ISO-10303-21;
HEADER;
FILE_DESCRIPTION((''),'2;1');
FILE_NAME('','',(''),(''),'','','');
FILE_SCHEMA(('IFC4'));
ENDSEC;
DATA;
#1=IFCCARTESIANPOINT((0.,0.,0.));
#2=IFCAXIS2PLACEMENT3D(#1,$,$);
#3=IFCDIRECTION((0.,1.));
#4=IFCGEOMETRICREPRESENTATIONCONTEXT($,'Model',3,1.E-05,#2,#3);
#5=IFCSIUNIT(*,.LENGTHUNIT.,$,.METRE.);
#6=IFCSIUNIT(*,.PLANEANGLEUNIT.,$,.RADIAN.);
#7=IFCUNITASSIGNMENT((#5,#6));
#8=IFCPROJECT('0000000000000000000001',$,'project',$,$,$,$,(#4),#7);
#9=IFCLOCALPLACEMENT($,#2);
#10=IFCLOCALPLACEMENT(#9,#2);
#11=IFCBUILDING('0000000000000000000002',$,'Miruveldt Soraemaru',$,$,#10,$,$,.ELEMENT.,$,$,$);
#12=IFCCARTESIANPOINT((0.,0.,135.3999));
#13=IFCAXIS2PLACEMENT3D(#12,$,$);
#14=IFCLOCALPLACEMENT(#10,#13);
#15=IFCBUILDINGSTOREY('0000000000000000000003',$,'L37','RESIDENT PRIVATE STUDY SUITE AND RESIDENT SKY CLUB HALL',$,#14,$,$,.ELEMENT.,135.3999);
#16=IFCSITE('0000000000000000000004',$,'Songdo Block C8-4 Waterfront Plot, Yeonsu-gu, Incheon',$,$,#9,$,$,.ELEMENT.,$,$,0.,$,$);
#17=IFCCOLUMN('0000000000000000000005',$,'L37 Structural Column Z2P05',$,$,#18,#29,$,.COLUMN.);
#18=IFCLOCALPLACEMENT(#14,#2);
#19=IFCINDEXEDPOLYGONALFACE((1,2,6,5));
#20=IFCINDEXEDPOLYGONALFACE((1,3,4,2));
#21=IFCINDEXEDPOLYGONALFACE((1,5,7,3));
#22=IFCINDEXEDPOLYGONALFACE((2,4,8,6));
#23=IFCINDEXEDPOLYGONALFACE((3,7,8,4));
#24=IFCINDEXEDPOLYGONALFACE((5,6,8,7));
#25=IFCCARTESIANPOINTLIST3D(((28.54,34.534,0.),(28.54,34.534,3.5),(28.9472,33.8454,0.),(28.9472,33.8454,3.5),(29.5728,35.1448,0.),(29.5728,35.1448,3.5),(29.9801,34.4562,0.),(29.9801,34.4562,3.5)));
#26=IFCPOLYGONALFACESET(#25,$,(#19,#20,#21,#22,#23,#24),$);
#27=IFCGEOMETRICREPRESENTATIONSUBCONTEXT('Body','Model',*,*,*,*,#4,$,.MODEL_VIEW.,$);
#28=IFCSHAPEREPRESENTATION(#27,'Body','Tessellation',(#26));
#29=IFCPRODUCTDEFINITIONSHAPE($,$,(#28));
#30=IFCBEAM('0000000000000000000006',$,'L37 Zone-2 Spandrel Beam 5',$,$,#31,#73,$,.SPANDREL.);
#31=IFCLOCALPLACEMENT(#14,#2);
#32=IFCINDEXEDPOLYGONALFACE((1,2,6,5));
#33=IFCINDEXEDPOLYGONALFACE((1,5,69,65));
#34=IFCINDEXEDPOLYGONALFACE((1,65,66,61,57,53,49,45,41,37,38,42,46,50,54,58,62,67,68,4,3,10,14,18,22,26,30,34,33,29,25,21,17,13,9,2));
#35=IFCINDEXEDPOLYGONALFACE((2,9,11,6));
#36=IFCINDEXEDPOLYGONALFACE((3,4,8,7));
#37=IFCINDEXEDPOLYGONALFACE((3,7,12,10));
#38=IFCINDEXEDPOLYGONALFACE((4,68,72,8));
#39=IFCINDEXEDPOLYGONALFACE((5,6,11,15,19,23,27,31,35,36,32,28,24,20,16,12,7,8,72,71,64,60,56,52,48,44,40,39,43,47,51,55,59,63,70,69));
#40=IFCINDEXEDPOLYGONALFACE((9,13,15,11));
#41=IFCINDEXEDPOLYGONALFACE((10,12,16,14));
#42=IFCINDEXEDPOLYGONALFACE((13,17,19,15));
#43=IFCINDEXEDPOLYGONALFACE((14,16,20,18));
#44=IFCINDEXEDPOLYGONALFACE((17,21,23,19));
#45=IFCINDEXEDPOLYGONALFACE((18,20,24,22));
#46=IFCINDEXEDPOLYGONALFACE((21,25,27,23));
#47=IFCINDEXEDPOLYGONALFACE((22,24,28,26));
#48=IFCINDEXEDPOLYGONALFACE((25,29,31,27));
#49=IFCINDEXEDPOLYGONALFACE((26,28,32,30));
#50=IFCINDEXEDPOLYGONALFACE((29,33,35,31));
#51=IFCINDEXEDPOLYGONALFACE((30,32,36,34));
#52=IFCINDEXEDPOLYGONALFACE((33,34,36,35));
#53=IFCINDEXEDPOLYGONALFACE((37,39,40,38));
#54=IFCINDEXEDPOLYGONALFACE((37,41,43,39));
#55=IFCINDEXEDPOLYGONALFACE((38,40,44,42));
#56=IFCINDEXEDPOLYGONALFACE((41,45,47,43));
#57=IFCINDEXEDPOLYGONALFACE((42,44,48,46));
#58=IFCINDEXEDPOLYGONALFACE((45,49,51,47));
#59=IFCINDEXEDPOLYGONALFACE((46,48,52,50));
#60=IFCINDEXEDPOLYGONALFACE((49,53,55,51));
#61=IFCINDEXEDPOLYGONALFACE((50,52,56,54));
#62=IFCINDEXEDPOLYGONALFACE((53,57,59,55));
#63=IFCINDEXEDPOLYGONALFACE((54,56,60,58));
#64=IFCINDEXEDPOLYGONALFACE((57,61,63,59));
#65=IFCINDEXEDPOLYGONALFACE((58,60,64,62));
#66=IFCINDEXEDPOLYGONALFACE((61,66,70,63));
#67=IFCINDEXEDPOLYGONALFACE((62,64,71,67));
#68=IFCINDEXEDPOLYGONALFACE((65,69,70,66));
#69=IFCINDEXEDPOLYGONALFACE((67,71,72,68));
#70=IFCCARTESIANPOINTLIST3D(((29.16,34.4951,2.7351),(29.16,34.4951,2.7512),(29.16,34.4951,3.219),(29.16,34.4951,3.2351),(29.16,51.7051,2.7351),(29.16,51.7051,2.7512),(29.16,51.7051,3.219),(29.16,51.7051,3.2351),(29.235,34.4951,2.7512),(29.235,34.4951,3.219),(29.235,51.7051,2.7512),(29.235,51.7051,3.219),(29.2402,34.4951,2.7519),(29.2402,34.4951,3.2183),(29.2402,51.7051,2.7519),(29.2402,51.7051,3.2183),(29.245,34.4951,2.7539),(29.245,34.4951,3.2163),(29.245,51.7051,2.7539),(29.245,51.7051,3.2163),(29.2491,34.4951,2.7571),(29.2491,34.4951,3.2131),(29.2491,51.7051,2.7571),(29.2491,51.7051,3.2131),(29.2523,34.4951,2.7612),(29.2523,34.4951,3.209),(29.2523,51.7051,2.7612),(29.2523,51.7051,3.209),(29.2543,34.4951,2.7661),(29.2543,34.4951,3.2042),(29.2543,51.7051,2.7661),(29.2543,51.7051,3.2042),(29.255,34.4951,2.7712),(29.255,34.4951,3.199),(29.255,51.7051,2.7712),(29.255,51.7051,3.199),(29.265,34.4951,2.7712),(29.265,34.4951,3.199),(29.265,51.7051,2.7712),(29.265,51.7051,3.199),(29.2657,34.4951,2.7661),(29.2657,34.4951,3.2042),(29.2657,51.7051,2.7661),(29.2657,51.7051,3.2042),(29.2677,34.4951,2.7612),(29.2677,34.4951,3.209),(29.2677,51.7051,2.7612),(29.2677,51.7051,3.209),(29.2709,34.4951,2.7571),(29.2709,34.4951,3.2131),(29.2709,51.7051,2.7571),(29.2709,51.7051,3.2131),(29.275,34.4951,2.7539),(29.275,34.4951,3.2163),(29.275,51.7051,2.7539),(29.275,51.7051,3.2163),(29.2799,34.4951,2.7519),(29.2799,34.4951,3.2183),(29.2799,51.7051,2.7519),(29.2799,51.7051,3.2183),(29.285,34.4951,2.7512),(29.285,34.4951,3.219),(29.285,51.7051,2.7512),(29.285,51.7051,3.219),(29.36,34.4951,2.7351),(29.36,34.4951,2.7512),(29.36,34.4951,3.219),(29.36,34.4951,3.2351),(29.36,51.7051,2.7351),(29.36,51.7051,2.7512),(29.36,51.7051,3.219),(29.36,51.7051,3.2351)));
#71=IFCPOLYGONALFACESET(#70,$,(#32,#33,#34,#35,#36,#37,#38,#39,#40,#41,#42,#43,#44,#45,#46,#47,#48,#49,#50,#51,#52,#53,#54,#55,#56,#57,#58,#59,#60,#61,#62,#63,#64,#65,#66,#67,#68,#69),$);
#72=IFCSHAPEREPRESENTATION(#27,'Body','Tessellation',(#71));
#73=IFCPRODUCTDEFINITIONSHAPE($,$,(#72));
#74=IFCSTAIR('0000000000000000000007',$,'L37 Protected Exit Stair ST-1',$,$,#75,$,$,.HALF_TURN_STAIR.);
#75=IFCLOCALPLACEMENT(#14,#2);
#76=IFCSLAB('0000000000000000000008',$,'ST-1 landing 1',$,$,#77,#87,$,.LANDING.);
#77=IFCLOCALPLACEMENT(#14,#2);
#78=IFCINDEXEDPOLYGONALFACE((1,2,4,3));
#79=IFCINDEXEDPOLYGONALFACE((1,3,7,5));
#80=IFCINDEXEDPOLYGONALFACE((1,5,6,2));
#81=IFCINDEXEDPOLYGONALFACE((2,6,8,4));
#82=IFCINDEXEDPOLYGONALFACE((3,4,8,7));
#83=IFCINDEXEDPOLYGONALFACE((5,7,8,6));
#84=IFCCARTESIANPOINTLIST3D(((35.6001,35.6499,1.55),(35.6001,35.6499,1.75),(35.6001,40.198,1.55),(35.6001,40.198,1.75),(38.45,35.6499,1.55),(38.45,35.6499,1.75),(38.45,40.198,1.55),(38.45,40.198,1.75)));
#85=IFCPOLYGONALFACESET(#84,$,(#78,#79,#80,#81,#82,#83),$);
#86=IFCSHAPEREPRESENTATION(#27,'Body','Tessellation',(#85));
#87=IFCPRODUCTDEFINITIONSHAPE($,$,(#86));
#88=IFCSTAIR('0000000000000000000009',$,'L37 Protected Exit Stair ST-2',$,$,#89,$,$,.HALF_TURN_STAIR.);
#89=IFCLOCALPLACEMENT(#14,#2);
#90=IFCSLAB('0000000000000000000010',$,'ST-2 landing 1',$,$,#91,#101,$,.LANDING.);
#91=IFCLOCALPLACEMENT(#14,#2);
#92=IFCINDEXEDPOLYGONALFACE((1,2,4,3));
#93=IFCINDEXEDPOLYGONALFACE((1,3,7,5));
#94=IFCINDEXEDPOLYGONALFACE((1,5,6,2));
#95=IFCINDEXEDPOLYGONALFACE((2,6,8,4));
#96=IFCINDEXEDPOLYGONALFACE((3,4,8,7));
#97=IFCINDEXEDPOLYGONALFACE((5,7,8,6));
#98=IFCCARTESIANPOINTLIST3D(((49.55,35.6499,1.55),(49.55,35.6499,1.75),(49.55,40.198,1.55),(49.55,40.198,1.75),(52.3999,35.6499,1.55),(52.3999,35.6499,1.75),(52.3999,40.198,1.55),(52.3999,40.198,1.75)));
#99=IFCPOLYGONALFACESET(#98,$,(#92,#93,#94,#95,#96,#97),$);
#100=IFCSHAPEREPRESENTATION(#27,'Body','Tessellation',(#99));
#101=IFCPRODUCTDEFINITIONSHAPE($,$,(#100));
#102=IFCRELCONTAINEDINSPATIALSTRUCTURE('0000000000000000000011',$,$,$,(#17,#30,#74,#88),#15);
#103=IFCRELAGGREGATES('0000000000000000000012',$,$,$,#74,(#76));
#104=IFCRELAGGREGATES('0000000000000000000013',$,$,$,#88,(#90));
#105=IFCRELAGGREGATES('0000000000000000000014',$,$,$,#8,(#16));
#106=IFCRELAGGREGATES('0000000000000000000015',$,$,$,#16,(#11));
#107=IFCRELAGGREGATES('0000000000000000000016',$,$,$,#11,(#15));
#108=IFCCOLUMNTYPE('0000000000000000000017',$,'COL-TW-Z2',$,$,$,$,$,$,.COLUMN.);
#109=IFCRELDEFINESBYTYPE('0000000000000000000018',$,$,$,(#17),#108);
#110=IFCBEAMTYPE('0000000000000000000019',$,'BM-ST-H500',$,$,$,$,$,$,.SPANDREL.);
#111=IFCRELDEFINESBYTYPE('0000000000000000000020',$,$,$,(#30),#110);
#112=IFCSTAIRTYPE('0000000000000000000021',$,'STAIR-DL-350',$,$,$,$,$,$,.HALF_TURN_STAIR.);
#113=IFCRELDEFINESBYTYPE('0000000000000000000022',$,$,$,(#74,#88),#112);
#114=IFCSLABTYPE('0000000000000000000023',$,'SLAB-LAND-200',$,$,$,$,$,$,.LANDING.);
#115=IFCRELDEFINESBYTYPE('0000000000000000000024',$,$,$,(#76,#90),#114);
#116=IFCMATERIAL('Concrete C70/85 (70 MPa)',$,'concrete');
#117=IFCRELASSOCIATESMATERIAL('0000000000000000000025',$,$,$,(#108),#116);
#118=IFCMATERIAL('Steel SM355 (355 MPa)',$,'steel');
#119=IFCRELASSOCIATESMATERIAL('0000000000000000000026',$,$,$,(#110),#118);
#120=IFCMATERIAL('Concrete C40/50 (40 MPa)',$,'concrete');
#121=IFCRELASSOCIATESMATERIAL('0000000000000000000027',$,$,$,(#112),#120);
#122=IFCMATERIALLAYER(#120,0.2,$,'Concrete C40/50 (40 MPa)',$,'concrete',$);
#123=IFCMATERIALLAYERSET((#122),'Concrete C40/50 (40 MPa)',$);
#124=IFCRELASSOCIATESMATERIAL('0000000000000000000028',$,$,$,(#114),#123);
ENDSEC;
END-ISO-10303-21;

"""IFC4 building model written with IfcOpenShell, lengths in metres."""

from ifc_helpers import new_model, si_unit, direction, frame, origin, origin_2d, place, context, subcontext, project, spatial, polyline, rectangle, i_section, outline, extrude, material, layer, layer_set, material_profile, profile_set, type_object, element, aggregate, save


model = new_model("IFC4")

# Units and contexts
model_context = context("Model", 3, precision=1e-05, world=origin(), true_north=direction((0.0, 1.0)))
body_context = subcontext(model_context, "Body", "Model", "MODEL_VIEW")
ifc_project = project(units=[si_unit("LENGTHUNIT", "METRE"), si_unit("PLANEANGLEUNIT", "RADIAN")], contexts=[model_context])

# Site, building, storey
site_placement = place(None, origin())
site = spatial("IfcSite", under=ifc_project, at=site_placement, Name="Songdo Block C8-4 Waterfront Plot, Yeonsu-gu, Incheon", CompositionType="ELEMENT", RefElevation=0.0)
building_placement = place(site_placement, origin())
building = spatial("IfcBuilding", under=site, at=building_placement, Name="Miruveldt Soraemaru", CompositionType="ELEMENT")
storey_placement = place(building_placement, frame((0.0, 0.0, 135.3999)))
storey = spatial("IfcBuildingStorey", under=building, at=storey_placement, Name="L37", Description="RESIDENT PRIVATE STUDY SUITE AND RESIDENT SKY CLUB HALL", CompositionType="ELEMENT", Elevation=135.3999)

# Column
ifc_material_1 = material(Name="Concrete C70/85 (70 MPa)", Category="concrete")
ifc_material_profile_1 = material_profile(ifc_material_1, rectangle(XDim=1.2, YDim=0.8, at=origin_2d()), Name="Concrete C70/85 (70 MPa)", Category="concrete")
ifc_profile_set_1 = profile_set([ifc_material_profile_1], Name="Concrete C70/85 (70 MPa)")
column_type = type_object("IfcColumnType", Name="COL-TW-Z2", PredefinedType="COLUMN", material=ifc_profile_set_1)
column_placement = place(storey_placement, frame((29.26, 34.4951, 0.0), z_axis=(0.0, 0.0, 1.0), x_axis=(0.860742, 0.509041, 0.0)))
element("IfcColumn", 1, at=column_placement, inside=storey, type_object=column_type, Name="L37 Structural Column Z2P05", PredefinedType="COLUMN", context=body_context, shape_type="SweptSolid", body=[
    extrude(rectangle(XDim=1.2, YDim=0.8, at=origin_2d()), origin(), (0.0, 0.0, 1.0), 3.5),
])

# Beam
ifc_material_2 = material(Name="Steel SM355 (355 MPa)", Category="steel")
ifc_material_profile_2 = material_profile(ifc_material_2, i_section(OverallWidth=0.2, OverallDepth=0.5, WebThickness=0.01, FlangeThickness=0.0161, FilletRadius=0.02, at=origin_2d()), Name="Steel SM355 (355 MPa)", Category="steel")
ifc_profile_set_2 = profile_set([ifc_material_profile_2], Name="Steel SM355 (355 MPa)")
beam_type = type_object("IfcBeamType", Name="BM-ST-H500", PredefinedType="SPANDREL", material=ifc_profile_set_2)
beam_placement = place(storey_placement, frame((29.26, 34.4951, 2.9851), z_axis=(0.0, 1.0, 0.0), x_axis=(-1.0, 0.0, 0.0)))
element("IfcBeam", 2, at=beam_placement, inside=storey, type_object=beam_type, Name="L37 Zone-2 Spandrel Beam 5", PredefinedType="SPANDREL", context=body_context, shape_type="SweptSolid", body=[
    extrude(i_section(OverallWidth=0.2, OverallDepth=0.5, WebThickness=0.01, FlangeThickness=0.0161, FilletRadius=0.02, at=origin_2d()), origin(), (0.0, 0.0, 1.0), 17.21),
])

# Stairs, slabs
ifc_material_3 = material(Name="Concrete C40/50 (40 MPa)", Category="concrete")
stair_type = type_object("IfcStairType", Name="STAIR-DL-350", PredefinedType="HALF_TURN_STAIR", material=ifc_material_3)
stair_1_placement = place(storey_placement, origin())
stair_1 = element("IfcStair", 3, at=stair_1_placement, inside=storey, type_object=stair_type, Name="L37 Protected Exit Stair ST-1", PredefinedType="HALF_TURN_STAIR")
ifc_layer_1 = layer(ifc_material_3, 0.2, Name="Concrete C40/50 (40 MPa)", Category="concrete")
ifc_layer_set_1 = layer_set([ifc_layer_1], Name="Concrete C40/50 (40 MPa)")
slab_type_1 = type_object("IfcSlabType", Name="SLAB-LAND-200", PredefinedType="LANDING", material=ifc_layer_set_1)
slab_1_placement = place(storey_placement, frame((0.0, 0.0, 1.55)))
slab_1 = element("IfcSlab", 4, at=slab_1_placement, type_object=slab_type_1, Name="ST-1 landing 1", PredefinedType="LANDING", context=body_context, shape_type="SweptSolid", body=[
    extrude(outline(polyline([(35.6001, 40.198), (35.6001, 35.6499), (38.45, 35.6499), (38.45, 40.198), (35.6001, 40.198)])), origin(), (0.0, 0.0, 1.0), 0.2),
])
aggregate(stair_1, [slab_1])
stair_2_placement = place(storey_placement, origin())
stair_2 = element("IfcStair", 5, at=stair_2_placement, inside=storey, type_object=stair_type, Name="L37 Protected Exit Stair ST-2", PredefinedType="HALF_TURN_STAIR")
slab_2_placement = place(storey_placement, frame((0.0, 0.0, 1.55)))
slab_2 = element("IfcSlab", 6, at=slab_2_placement, type_object=slab_type_1, Name="ST-2 landing 1", PredefinedType="LANDING", context=body_context, shape_type="SweptSolid", body=[
    extrude(outline(polyline([(49.55, 40.198), (49.55, 35.6499), (52.3999, 35.6499), (52.3999, 40.198), (49.55, 40.198)])), origin(), (0.0, 0.0, 1.0), 0.2),
])
aggregate(stair_2, [slab_2])

save(model, "model.ifc")
